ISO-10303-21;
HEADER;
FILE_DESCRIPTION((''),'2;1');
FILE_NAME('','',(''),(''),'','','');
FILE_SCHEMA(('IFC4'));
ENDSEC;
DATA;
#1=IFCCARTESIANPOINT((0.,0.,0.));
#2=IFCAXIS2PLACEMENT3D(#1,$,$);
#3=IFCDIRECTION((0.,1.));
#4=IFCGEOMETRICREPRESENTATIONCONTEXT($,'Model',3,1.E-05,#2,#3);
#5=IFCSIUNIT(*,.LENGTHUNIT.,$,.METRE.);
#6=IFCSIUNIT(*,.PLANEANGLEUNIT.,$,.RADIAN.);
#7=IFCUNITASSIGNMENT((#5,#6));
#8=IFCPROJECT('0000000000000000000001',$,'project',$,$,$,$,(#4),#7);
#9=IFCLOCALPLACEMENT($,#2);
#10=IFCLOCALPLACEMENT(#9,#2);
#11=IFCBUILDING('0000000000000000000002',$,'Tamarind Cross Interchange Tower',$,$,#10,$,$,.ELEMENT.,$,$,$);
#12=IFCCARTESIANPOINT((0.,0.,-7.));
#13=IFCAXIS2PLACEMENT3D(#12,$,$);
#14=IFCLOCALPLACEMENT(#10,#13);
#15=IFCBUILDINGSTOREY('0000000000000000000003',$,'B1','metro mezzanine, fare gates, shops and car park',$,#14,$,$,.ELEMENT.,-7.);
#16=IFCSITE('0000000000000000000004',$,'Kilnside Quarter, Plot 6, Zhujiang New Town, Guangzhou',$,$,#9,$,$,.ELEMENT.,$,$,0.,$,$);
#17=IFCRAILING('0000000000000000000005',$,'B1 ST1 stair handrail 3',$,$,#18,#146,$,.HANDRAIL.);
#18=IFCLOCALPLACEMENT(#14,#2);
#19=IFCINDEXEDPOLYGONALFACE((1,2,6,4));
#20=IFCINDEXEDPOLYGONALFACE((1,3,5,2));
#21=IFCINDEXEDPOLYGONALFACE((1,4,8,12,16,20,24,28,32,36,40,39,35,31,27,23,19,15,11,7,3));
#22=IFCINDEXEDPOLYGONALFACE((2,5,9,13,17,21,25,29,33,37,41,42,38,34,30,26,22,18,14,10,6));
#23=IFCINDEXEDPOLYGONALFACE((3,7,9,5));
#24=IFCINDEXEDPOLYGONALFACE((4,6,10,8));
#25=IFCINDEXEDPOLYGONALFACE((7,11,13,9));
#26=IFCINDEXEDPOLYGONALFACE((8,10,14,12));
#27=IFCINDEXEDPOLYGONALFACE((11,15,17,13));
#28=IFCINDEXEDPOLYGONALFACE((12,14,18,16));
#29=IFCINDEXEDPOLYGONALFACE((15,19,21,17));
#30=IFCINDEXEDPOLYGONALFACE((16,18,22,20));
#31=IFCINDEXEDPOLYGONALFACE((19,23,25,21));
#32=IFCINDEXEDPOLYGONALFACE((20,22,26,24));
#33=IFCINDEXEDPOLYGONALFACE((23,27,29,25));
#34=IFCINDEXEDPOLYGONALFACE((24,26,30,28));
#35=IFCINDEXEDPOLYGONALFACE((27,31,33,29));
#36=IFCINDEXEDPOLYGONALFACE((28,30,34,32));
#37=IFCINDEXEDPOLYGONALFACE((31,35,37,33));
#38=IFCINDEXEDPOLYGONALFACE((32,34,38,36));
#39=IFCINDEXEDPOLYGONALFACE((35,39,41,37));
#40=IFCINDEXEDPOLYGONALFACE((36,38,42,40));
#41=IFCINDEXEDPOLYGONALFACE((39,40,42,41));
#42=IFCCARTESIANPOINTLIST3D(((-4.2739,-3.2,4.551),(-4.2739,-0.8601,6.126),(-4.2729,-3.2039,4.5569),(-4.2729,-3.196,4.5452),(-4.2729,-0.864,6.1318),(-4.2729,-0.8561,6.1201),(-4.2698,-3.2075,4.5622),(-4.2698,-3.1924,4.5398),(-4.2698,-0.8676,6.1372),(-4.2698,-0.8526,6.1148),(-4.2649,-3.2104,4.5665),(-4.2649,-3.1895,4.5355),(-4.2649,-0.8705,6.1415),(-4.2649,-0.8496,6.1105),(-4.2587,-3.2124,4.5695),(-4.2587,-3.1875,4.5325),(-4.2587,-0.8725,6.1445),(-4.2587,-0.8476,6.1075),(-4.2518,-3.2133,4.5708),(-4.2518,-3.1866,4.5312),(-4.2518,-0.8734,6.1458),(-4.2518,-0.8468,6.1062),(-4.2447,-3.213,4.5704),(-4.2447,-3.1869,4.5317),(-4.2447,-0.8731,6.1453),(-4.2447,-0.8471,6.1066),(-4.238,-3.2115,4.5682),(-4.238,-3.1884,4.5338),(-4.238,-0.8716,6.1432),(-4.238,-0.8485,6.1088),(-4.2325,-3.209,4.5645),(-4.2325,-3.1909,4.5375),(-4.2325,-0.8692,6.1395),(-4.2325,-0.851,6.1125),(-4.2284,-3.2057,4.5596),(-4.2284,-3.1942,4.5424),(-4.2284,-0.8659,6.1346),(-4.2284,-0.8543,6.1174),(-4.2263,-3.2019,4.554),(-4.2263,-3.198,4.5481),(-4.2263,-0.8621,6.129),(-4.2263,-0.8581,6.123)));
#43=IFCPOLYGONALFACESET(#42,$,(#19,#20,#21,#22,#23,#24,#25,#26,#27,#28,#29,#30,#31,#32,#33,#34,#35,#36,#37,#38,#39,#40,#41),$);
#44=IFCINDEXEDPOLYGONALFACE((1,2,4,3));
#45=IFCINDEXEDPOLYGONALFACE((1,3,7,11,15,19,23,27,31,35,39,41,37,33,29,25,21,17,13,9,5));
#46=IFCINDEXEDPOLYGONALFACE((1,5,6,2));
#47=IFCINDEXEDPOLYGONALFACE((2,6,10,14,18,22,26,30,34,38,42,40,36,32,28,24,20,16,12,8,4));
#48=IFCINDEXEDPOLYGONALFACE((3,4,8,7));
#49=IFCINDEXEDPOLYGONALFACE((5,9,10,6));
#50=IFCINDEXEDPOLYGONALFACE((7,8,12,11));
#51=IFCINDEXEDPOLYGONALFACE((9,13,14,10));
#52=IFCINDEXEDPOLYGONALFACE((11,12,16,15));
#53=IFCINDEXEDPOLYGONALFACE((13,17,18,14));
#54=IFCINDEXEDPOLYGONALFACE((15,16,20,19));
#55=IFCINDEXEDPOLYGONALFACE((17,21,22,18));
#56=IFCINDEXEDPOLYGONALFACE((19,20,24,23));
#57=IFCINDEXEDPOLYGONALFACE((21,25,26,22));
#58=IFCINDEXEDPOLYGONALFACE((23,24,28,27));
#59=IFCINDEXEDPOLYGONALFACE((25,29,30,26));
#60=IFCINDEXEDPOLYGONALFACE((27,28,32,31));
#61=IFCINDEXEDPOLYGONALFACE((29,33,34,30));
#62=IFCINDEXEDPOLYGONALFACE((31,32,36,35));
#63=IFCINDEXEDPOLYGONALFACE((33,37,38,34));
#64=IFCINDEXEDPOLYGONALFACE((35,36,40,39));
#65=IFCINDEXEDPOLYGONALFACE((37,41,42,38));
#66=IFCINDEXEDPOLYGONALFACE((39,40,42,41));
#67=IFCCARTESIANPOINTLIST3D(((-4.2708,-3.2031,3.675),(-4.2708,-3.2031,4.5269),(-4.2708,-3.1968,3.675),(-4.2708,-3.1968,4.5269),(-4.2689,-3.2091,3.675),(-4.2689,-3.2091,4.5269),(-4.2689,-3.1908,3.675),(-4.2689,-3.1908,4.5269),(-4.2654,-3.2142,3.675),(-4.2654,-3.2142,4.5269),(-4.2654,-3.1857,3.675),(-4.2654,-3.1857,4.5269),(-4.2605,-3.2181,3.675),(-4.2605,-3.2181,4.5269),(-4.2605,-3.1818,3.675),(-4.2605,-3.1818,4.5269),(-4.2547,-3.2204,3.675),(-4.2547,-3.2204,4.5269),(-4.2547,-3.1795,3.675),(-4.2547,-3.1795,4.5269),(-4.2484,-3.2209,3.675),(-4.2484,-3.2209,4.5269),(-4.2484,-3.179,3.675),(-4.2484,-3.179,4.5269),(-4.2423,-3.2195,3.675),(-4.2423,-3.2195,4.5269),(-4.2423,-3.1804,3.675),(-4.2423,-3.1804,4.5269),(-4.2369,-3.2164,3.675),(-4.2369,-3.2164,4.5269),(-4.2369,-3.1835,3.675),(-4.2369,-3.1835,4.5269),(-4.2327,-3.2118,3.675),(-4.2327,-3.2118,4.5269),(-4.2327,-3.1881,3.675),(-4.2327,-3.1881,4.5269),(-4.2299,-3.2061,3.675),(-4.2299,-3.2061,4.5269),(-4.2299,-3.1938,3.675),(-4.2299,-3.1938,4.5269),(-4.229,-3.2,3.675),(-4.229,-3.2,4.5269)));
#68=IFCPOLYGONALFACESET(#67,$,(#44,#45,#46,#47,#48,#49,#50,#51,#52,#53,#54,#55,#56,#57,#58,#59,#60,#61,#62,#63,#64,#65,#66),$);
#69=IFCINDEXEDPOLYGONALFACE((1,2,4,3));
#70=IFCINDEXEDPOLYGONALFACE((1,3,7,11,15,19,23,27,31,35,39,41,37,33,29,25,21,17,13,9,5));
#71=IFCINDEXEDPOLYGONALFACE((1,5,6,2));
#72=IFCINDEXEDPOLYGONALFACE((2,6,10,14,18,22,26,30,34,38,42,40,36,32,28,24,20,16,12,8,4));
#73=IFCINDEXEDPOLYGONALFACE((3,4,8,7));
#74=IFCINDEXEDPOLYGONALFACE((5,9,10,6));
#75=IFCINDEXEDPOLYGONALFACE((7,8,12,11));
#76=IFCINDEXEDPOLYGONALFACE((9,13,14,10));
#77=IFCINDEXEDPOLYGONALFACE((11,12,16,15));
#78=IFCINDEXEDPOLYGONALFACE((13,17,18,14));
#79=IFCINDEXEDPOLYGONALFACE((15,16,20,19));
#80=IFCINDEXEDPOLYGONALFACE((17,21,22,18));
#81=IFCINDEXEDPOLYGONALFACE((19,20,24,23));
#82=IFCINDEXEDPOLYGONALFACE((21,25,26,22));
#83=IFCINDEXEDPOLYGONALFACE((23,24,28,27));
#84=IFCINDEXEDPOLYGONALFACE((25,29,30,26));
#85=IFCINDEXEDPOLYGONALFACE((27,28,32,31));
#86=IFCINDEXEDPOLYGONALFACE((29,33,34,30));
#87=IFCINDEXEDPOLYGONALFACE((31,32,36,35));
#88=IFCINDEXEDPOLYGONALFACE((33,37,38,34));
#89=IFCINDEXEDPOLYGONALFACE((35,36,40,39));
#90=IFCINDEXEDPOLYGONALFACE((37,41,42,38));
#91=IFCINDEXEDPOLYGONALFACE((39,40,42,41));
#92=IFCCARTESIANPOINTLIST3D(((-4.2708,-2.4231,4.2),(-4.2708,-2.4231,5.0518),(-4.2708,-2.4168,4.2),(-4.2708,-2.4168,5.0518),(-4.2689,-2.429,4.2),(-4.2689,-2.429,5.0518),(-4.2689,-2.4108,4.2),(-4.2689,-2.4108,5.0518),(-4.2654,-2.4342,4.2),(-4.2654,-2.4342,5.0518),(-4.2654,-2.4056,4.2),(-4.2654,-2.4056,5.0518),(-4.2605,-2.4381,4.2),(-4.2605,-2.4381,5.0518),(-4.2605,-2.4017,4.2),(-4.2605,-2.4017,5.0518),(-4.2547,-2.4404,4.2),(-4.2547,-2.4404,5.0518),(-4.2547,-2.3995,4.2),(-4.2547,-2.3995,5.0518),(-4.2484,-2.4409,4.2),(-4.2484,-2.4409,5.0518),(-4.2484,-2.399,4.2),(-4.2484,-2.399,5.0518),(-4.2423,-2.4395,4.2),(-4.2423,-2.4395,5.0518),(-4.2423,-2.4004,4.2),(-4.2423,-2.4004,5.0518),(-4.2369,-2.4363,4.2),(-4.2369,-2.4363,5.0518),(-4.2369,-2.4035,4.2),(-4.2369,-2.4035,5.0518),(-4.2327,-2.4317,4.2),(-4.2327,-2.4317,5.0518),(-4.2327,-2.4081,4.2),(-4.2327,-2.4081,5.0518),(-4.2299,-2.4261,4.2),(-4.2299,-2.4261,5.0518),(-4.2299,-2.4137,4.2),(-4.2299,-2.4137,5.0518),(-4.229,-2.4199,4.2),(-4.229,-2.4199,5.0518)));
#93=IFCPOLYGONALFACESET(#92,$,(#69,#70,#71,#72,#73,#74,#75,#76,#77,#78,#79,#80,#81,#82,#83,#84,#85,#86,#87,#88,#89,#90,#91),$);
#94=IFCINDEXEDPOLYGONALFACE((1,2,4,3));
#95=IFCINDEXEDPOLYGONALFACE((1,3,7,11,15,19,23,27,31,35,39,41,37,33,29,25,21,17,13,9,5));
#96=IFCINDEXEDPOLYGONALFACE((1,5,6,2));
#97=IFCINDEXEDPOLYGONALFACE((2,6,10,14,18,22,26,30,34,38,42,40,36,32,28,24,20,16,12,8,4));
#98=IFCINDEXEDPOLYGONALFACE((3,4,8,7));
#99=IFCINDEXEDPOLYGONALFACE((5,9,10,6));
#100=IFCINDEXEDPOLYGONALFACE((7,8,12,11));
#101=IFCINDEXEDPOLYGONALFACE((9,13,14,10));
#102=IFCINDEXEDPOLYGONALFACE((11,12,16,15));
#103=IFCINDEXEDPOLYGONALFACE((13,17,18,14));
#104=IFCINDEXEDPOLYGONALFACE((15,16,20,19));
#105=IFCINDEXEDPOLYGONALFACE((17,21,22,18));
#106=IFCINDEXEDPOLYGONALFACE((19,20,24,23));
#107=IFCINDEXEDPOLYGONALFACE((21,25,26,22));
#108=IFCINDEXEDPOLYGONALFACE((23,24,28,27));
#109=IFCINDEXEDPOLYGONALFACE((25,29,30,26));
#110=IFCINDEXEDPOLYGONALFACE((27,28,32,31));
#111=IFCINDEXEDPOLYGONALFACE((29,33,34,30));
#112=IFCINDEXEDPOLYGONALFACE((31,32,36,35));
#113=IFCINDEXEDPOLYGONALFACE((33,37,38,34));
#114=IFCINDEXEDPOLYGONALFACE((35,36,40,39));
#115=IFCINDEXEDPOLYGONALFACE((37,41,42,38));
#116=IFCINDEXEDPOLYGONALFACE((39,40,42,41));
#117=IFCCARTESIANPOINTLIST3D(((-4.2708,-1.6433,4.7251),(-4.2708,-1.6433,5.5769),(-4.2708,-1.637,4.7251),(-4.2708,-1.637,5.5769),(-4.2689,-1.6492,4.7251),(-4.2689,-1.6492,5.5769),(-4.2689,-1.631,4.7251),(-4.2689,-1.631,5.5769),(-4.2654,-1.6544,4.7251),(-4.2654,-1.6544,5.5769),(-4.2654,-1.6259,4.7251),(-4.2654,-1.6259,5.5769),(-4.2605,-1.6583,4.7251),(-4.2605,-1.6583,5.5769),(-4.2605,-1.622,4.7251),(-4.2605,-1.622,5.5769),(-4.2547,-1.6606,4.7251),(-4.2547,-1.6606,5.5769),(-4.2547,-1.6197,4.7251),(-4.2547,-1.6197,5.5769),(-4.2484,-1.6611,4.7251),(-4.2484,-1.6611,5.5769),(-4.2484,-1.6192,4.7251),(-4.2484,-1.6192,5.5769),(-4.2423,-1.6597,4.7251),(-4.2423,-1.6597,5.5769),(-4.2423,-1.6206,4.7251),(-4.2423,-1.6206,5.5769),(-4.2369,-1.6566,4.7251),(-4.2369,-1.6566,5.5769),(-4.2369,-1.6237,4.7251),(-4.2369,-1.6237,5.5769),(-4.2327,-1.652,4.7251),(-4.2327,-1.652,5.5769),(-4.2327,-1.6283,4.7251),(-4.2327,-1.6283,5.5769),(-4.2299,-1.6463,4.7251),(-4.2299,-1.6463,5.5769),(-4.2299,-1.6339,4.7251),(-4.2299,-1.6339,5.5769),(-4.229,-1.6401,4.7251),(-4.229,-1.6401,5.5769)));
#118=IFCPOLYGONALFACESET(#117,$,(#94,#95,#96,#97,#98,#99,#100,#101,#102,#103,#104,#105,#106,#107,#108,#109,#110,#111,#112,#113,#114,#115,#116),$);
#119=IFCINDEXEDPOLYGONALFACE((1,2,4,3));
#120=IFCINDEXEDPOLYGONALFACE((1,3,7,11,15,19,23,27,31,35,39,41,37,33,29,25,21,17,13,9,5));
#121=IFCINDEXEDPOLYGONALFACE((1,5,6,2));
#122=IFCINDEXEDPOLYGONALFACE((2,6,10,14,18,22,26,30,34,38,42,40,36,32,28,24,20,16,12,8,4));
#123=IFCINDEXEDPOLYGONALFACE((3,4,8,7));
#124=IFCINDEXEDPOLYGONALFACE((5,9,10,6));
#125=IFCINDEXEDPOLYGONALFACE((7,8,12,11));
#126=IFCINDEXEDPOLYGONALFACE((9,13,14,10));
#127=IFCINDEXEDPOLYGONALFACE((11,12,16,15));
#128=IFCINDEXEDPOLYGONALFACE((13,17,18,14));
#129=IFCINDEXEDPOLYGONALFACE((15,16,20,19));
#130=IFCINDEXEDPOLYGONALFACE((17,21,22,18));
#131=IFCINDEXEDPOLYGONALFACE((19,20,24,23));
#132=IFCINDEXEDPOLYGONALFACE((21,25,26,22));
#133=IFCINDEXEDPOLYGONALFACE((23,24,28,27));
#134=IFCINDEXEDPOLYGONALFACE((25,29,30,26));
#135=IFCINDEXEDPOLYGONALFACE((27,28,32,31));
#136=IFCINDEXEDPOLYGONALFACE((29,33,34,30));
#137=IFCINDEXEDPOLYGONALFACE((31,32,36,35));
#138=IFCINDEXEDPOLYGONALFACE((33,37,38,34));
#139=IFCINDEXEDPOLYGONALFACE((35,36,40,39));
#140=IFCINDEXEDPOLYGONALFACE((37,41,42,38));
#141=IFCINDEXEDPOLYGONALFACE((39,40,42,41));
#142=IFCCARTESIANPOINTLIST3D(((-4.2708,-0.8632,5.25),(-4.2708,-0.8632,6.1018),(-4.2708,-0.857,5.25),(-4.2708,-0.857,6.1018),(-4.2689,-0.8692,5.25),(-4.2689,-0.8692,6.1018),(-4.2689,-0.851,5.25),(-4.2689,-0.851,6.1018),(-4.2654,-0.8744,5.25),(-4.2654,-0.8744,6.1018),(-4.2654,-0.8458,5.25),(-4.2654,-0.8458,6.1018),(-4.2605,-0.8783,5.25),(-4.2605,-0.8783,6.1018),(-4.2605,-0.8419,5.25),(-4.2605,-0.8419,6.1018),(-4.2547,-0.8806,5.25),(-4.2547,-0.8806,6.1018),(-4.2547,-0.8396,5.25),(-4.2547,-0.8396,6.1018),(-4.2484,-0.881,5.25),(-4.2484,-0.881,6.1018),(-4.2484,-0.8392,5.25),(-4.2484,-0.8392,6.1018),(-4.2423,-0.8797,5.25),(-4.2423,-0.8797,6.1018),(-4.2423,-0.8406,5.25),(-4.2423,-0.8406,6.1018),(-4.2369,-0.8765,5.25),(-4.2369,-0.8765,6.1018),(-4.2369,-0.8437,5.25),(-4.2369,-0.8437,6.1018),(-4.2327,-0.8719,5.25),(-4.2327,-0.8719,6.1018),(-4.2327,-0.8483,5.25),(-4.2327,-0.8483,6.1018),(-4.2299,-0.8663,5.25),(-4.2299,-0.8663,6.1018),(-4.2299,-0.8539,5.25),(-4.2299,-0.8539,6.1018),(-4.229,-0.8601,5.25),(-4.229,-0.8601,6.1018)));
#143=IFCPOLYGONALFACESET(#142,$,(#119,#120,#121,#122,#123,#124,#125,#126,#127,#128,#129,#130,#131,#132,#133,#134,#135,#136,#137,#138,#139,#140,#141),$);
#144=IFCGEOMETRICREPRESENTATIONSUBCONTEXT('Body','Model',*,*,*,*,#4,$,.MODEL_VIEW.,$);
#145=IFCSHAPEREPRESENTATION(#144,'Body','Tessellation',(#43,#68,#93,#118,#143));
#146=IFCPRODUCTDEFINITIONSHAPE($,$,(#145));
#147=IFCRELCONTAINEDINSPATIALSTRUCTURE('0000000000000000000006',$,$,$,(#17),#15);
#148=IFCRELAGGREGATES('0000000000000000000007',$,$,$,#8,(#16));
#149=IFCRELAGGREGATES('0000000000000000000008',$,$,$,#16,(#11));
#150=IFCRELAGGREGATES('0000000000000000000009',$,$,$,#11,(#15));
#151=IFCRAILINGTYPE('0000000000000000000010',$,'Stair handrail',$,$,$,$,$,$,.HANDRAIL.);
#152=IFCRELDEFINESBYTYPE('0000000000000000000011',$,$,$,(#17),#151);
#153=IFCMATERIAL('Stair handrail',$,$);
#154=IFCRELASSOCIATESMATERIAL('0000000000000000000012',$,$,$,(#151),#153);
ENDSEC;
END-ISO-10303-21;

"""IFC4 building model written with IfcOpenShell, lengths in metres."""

from ifc_helpers import new_model, si_unit, direction, frame, origin, origin_2d, place, context, subcontext, project, spatial, circle, extrude, material, type_object, element, save


model = new_model("IFC4")

# Units and contexts
model_context = context("Model", 3, precision=1e-05, world=origin(), true_north=direction((0.0, 1.0)))
body_context = subcontext(model_context, "Body", "Model", "MODEL_VIEW")
ifc_project = project(units=[si_unit("LENGTHUNIT", "METRE"), si_unit("PLANEANGLEUNIT", "RADIAN")], contexts=[model_context])

# Site, building, storey
site_placement = place(None, origin())
site = spatial("IfcSite", under=ifc_project, at=site_placement, Name="Kilnside Quarter, Plot 6, Zhujiang New Town, Guangzhou", CompositionType="ELEMENT", RefElevation=0.0)
building_placement = place(site_placement, origin())
building = spatial("IfcBuilding", under=site, at=building_placement, Name="Tamarind Cross Interchange Tower", CompositionType="ELEMENT")
storey_placement = place(building_placement, frame((0.0, 0.0, -7.0)))
storey = spatial("IfcBuildingStorey", under=building, at=storey_placement, Name="B1", Description="metro mezzanine, fare gates, shops and car park", CompositionType="ELEMENT", Elevation=-7.0)

# Railing
ifc_material_1 = material(Name="Stair handrail")
railing_type_1 = type_object("IfcRailingType", Name="Stair handrail", PredefinedType="HANDRAIL", material=ifc_material_1)
for number, where, name in (
    (1, (-4.25, -3.2, 3.675), "B1 ST1 stair handrail 3"),
):
    element("IfcRailing", number, at=place(storey_placement, frame(where)), inside=storey, type_object=railing_type_1, Name=name, PredefinedType="HANDRAIL", context=body_context, shape_type="SweptSolid", body=[
        extrude(circle(Radius=0.0239, at=origin_2d()), frame((0.0, 0.0, 0.876), z_axis=(0.0, 0.829578, 0.55839), x_axis=(-1.0, 0.0, 0.0)), (0.0, 0.0, 1.0), 2.8206),
        extrude(circle(Radius=0.021, at=origin_2d()), origin(), (0.0, 0.0, 1.0), 0.8518),
        extrude(circle(Radius=0.021, at=origin_2d()), frame((0.0, 0.78, 0.5249)), (0.0, 0.0, 1.0), 0.8518),
        extrude(circle(Radius=0.021, at=origin_2d()), frame((0.0, 1.5598, 1.05)), (0.0, 0.0, 1.0), 0.8518),
        extrude(circle(Radius=0.021, at=origin_2d()), frame((0.0, 2.3398, 1.575)), (0.0, 0.0, 1.0), 0.8518),
    ])

save(model, "model.ifc")
